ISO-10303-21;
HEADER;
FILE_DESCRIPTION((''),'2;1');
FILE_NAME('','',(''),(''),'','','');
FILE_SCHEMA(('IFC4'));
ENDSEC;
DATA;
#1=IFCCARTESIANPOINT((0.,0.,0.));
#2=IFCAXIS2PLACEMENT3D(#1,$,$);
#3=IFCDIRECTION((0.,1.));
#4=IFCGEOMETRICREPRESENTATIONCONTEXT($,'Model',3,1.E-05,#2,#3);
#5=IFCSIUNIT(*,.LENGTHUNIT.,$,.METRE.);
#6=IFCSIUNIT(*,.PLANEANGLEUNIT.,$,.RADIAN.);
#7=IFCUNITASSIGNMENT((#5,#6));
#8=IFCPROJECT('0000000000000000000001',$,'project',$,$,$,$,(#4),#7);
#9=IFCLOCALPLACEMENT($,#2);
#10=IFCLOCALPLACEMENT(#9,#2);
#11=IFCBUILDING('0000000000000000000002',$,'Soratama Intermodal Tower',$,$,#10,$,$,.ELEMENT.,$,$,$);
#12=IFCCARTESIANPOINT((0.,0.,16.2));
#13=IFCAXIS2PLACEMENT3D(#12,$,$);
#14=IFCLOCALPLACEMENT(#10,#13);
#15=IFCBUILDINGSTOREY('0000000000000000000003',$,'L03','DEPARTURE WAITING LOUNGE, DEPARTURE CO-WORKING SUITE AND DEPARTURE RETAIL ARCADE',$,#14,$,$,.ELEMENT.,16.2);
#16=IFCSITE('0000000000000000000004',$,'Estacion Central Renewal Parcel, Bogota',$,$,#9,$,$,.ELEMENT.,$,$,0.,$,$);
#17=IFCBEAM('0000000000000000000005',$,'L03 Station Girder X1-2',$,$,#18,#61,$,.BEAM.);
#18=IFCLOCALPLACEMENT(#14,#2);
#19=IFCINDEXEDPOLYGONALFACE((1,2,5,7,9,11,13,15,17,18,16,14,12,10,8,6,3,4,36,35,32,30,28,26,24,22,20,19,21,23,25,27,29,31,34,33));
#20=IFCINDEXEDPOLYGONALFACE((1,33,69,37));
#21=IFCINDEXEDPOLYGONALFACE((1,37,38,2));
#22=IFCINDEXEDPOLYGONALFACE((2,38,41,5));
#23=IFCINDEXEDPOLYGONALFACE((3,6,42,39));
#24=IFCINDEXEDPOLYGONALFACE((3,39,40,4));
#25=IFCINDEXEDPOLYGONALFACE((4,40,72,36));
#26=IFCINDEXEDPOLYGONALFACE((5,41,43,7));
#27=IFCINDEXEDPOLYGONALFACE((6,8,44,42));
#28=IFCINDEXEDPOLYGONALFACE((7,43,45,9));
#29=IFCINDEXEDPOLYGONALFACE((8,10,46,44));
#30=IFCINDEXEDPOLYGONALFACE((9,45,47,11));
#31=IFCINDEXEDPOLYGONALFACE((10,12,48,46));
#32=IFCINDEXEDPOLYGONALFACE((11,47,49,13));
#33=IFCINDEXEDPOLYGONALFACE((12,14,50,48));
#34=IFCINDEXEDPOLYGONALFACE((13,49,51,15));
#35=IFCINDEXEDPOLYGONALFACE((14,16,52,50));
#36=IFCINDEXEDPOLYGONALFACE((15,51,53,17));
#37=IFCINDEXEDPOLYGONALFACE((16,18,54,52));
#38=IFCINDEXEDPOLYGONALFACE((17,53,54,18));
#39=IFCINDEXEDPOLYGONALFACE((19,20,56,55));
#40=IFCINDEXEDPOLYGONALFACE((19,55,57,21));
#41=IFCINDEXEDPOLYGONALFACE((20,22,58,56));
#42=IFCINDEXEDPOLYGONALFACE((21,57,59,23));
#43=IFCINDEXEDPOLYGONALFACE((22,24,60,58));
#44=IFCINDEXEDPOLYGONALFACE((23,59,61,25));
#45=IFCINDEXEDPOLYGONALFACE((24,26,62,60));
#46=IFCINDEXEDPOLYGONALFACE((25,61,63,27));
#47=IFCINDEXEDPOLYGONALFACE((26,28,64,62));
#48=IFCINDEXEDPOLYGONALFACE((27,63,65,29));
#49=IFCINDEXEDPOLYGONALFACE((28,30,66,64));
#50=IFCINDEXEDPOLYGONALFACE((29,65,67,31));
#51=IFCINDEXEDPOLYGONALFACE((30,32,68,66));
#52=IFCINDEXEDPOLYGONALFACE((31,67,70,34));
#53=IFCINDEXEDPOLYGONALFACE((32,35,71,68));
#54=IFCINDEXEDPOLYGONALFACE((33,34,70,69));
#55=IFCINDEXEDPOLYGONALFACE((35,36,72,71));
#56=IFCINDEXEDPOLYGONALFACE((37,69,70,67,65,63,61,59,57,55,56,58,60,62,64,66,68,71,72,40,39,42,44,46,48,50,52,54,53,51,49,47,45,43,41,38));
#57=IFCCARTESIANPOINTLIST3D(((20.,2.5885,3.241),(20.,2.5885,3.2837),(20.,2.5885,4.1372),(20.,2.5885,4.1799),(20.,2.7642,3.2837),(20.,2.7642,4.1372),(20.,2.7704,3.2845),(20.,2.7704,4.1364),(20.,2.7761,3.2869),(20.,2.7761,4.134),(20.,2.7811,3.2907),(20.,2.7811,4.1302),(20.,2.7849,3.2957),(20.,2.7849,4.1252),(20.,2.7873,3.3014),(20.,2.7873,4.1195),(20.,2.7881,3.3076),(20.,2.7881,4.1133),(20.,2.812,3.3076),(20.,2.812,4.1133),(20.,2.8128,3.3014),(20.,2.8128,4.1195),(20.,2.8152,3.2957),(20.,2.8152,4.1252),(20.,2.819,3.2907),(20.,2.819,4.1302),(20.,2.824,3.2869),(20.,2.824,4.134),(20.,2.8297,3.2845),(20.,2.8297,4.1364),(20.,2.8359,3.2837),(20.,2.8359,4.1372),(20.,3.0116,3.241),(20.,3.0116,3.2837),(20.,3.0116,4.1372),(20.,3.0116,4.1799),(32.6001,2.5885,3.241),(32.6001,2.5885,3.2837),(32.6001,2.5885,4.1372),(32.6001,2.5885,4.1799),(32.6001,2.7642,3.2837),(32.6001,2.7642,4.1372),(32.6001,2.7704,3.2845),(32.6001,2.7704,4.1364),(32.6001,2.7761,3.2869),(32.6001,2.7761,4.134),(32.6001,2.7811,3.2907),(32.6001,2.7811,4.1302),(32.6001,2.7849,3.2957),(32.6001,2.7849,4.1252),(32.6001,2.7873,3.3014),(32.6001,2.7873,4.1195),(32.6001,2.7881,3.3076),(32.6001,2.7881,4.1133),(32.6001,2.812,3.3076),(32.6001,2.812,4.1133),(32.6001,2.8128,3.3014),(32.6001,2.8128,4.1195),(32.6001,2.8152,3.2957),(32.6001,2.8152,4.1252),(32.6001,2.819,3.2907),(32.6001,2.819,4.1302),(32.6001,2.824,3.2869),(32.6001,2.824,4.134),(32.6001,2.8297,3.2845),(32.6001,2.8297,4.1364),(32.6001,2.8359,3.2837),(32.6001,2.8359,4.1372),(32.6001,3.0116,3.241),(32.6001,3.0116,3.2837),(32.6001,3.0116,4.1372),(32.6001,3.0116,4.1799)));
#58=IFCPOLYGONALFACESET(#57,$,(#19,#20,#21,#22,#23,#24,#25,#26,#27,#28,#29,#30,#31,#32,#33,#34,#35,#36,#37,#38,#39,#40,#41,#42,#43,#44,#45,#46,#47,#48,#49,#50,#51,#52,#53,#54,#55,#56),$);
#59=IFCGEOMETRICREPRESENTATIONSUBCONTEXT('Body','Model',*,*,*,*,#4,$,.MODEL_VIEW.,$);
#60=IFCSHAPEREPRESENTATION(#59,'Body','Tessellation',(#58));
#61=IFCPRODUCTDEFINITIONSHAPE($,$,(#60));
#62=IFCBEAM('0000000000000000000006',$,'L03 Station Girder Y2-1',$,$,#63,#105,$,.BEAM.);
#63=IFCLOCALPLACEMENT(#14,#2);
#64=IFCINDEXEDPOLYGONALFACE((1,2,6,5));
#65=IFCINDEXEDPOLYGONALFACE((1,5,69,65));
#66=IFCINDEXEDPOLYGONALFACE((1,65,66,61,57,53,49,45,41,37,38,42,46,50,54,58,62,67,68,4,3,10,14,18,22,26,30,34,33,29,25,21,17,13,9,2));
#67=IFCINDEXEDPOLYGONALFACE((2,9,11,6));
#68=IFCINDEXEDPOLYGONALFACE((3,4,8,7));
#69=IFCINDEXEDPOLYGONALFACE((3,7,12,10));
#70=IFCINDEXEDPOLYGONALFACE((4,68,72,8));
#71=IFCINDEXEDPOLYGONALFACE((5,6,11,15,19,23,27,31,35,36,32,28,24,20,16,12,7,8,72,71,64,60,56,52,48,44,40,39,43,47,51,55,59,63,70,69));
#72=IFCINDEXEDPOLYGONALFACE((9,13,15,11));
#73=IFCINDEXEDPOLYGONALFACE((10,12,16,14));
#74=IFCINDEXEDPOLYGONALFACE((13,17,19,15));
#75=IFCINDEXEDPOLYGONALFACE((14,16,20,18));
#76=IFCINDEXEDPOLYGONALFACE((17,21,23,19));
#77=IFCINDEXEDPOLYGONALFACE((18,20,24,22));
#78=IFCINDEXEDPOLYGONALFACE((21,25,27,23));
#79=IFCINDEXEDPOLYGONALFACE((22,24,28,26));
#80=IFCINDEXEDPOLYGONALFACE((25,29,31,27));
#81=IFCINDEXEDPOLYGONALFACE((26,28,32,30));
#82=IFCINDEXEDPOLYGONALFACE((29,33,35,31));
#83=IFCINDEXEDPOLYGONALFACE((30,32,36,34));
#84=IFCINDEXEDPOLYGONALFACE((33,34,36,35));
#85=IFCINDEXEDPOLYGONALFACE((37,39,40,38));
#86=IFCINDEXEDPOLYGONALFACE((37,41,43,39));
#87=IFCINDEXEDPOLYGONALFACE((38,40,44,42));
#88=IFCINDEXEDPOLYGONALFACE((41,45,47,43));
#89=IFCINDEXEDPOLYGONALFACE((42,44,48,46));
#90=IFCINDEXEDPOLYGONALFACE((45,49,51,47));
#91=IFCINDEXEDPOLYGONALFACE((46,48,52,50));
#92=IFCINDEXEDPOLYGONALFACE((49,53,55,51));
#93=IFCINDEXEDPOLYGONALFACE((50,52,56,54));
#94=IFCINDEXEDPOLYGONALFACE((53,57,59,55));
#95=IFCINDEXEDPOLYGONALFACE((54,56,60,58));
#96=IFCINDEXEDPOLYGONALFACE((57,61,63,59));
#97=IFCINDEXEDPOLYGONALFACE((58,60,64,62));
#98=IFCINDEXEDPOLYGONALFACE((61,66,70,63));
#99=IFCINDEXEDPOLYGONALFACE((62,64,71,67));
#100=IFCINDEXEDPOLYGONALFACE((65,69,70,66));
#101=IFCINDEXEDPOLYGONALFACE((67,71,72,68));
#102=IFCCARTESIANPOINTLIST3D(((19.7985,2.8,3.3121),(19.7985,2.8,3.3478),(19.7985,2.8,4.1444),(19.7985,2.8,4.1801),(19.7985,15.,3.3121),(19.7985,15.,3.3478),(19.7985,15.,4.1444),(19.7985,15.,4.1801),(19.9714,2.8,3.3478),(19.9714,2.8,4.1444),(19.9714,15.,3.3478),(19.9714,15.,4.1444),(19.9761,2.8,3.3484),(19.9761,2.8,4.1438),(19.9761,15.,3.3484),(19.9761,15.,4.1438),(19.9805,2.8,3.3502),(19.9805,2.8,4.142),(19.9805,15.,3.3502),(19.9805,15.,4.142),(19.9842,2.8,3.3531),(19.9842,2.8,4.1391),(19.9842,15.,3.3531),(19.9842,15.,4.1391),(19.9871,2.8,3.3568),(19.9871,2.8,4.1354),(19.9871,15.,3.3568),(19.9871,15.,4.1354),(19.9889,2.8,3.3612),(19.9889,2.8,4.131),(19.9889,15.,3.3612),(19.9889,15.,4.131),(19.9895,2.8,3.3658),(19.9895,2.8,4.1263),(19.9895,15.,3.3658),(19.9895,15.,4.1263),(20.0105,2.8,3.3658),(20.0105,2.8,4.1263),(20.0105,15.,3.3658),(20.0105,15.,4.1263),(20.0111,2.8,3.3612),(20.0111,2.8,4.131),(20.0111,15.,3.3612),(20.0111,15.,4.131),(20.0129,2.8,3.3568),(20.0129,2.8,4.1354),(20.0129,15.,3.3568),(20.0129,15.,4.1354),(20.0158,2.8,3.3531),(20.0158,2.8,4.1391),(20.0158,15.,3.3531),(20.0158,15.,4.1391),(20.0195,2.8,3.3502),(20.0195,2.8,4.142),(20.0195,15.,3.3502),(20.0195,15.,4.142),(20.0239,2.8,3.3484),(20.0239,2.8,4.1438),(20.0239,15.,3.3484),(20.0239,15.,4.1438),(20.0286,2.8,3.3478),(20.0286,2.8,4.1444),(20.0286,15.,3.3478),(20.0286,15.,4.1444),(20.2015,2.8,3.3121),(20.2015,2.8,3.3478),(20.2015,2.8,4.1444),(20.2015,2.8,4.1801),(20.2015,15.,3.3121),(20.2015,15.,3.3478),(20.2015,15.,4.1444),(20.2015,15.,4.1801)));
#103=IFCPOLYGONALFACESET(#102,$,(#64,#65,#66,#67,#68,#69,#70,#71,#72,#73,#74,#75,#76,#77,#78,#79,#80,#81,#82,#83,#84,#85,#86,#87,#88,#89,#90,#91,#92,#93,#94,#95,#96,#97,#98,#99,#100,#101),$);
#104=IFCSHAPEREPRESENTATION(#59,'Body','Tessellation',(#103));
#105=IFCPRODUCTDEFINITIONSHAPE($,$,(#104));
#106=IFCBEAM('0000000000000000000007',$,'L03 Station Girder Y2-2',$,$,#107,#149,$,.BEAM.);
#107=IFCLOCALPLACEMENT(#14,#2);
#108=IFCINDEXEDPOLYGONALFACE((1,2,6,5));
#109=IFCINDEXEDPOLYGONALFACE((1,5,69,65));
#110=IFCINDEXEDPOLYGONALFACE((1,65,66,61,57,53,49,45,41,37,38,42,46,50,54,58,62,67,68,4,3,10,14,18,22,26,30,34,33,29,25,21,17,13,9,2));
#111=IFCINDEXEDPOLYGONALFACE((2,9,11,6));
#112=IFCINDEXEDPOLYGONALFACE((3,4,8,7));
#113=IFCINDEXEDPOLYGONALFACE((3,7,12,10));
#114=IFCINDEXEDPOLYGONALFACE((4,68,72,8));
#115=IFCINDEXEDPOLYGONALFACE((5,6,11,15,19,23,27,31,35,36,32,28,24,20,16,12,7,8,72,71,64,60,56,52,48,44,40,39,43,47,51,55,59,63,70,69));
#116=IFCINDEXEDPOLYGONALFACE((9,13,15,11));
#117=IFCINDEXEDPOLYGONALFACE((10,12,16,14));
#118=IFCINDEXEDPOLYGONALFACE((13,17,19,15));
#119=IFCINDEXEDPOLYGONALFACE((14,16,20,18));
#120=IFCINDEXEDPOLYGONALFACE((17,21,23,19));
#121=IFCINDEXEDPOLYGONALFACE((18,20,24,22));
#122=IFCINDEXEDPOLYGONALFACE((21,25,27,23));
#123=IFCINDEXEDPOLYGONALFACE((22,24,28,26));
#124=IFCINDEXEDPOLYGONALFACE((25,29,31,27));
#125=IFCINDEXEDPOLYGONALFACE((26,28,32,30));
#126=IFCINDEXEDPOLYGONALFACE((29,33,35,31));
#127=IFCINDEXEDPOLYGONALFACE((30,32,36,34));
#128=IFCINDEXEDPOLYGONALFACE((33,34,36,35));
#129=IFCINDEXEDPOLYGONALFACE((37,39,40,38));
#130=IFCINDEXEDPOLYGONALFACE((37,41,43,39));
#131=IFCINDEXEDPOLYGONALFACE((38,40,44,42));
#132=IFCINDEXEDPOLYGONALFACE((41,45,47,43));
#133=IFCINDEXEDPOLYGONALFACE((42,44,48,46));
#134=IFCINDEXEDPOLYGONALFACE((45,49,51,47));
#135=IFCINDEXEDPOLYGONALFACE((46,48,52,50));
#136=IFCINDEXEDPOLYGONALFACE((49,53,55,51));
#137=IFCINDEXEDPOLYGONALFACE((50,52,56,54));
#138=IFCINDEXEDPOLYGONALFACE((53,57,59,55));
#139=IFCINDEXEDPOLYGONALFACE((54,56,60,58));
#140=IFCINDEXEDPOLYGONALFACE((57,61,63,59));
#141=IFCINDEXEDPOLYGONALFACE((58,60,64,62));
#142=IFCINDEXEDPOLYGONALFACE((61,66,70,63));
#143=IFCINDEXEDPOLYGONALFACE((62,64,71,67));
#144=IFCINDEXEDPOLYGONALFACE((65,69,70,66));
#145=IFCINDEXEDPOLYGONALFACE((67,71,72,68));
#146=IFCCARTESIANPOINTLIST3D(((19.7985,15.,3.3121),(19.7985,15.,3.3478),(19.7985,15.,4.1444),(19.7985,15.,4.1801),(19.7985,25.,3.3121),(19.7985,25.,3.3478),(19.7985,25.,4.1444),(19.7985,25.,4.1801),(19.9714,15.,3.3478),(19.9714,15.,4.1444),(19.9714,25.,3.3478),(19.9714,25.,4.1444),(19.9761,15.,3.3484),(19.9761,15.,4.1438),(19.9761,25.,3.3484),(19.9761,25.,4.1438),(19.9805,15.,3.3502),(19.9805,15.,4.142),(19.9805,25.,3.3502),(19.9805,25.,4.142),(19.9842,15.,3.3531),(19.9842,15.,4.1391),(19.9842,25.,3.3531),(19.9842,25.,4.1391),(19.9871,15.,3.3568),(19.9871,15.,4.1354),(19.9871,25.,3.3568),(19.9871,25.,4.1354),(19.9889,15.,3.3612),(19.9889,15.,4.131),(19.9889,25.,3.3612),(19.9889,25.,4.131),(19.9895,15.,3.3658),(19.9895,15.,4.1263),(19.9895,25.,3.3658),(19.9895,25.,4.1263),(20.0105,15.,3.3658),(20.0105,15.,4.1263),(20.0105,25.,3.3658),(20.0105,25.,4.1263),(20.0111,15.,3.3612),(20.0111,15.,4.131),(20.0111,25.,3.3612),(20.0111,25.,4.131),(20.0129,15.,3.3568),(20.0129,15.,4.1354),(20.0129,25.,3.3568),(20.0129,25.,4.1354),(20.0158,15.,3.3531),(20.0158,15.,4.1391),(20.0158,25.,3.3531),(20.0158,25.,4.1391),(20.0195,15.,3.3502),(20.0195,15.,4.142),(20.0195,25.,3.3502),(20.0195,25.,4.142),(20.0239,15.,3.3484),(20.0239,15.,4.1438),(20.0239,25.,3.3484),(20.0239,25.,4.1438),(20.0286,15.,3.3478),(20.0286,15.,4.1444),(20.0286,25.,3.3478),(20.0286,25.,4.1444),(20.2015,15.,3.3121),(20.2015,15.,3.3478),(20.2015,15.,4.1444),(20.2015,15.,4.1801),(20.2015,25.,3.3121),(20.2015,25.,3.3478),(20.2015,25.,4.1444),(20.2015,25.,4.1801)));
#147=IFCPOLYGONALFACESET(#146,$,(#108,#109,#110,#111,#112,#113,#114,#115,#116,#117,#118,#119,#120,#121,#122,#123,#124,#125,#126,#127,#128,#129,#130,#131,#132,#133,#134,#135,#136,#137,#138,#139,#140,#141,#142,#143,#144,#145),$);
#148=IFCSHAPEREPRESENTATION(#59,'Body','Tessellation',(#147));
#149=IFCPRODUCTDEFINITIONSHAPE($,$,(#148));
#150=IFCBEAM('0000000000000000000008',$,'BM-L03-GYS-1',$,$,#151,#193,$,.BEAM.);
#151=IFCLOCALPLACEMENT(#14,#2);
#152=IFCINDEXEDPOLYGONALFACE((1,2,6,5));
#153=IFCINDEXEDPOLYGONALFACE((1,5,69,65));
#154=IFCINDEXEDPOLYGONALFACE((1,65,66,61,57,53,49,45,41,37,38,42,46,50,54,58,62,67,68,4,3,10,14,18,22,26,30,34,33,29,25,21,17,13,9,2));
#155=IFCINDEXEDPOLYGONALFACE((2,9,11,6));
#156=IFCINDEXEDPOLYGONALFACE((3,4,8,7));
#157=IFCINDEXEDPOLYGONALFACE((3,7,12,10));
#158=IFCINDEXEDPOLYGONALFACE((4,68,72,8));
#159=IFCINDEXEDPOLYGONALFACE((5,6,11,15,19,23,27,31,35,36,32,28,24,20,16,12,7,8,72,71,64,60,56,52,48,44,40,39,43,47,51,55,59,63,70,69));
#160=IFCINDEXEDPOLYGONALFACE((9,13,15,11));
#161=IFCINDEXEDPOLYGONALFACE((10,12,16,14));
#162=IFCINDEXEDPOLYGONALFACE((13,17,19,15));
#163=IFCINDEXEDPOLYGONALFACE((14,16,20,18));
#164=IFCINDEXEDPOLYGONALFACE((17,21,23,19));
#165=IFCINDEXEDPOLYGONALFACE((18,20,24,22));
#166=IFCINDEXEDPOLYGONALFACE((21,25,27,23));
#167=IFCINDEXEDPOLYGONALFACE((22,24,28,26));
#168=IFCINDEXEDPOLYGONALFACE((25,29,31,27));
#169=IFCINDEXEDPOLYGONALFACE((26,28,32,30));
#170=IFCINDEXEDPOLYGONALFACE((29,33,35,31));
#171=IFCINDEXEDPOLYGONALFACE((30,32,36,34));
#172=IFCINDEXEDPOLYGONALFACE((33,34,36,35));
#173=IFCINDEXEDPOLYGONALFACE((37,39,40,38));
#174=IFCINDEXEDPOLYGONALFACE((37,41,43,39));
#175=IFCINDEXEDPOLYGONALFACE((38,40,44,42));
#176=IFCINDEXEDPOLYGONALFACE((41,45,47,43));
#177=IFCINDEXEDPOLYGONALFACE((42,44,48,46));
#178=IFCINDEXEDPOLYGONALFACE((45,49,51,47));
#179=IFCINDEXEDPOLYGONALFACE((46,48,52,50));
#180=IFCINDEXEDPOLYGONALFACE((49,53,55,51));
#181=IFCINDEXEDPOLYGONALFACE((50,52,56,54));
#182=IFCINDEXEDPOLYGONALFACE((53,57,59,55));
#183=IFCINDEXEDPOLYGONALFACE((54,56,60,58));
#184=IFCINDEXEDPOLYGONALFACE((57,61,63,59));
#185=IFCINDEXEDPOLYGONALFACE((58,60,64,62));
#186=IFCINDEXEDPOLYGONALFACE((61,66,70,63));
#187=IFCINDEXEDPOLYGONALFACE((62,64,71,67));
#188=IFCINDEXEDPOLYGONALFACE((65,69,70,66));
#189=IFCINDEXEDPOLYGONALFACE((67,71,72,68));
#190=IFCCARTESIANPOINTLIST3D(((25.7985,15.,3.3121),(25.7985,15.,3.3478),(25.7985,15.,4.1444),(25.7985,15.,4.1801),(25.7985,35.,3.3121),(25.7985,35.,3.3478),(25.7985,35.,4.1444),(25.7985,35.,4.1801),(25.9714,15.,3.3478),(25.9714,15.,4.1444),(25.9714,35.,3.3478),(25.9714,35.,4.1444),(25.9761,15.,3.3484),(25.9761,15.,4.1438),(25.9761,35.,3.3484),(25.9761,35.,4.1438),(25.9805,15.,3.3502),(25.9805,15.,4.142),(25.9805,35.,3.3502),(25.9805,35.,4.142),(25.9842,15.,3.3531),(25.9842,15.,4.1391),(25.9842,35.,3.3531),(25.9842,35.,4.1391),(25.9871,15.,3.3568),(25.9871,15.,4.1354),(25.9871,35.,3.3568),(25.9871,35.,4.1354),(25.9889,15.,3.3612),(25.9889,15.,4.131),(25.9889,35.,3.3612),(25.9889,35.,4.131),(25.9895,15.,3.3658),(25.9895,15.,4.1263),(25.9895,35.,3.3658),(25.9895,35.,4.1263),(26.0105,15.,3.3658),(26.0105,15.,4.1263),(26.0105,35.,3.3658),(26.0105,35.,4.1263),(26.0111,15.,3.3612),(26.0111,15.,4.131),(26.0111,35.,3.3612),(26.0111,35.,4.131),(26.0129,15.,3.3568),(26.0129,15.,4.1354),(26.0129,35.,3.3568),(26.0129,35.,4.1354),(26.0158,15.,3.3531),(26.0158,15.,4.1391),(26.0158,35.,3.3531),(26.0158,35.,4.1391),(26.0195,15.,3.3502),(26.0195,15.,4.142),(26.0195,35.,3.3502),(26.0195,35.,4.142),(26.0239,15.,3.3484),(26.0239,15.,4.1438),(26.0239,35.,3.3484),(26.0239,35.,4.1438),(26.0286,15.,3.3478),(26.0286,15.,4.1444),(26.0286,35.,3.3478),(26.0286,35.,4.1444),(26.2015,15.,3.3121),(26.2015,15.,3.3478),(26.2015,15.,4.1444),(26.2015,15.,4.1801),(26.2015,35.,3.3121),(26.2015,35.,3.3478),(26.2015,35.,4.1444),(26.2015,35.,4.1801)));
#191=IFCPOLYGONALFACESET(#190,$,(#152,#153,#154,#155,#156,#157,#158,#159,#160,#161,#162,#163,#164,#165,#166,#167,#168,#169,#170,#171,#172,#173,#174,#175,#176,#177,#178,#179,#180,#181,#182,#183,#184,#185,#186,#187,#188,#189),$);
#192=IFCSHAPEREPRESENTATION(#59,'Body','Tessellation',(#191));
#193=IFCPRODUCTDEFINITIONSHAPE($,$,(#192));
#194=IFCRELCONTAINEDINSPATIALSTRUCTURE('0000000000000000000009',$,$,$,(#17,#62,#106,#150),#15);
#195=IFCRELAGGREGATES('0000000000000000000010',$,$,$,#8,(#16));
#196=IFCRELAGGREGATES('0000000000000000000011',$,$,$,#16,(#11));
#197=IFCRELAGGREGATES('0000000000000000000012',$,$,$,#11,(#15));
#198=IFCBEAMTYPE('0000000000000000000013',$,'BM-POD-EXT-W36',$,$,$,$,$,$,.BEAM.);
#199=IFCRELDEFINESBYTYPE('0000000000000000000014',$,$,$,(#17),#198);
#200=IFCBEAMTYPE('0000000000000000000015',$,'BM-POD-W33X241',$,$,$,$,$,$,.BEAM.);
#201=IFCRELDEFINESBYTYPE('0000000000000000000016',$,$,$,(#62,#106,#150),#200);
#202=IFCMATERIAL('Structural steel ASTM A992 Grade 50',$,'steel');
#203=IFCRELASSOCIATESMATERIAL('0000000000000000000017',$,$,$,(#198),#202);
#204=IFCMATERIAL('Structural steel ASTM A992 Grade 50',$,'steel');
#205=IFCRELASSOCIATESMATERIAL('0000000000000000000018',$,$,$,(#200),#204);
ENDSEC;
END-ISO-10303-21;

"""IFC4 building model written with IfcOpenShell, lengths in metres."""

from ifc_helpers import new_model, si_unit, direction, frame, origin, origin_2d, place, context, subcontext, project, spatial, i_section, extrude, material, material_profile, profile_set, type_object, element, save


model = new_model("IFC4")

# Units and contexts
model_context = context("Model", 3, precision=1e-05, world=origin(), true_north=direction((0.0, 1.0)))
body_context = subcontext(model_context, "Body", "Model", "MODEL_VIEW")
ifc_project = project(units=[si_unit("LENGTHUNIT", "METRE"), si_unit("PLANEANGLEUNIT", "RADIAN")], contexts=[model_context])

# Site, building, storey
site_placement = place(None, origin())
site = spatial("IfcSite", under=ifc_project, at=site_placement, Name="Estacion Central Renewal Parcel, Bogota", CompositionType="ELEMENT", RefElevation=0.0)
building_placement = place(site_placement, origin())
building = spatial("IfcBuilding", under=site, at=building_placement, Name="Soratama Intermodal Tower", CompositionType="ELEMENT")
storey_placement = place(building_placement, frame((0.0, 0.0, 16.2)))
storey = spatial("IfcBuildingStorey", under=building, at=storey_placement, Name="L03", Description="DEPARTURE WAITING LOUNGE, DEPARTURE CO-WORKING SUITE AND DEPARTURE RETAIL ARCADE", CompositionType="ELEMENT", Elevation=16.2)

# Beams
ifc_material_1 = material(Name="Structural steel ASTM A992 Grade 50", Category="steel")
ifc_material_profile_1 = material_profile(ifc_material_1, i_section(OverallWidth=0.4231, OverallDepth=0.939, WebThickness=0.0239, FlangeThickness=0.0427, FilletRadius=0.0239, at=origin_2d()), Name="W36X302")
ifc_profile_set_1 = profile_set([ifc_material_profile_1], Name="Structural steel ASTM A992 Grade 50")
beam_type_1 = type_object("IfcBeamType", Name="BM-POD-EXT-W36", PredefinedType="BEAM", material=ifc_profile_set_1)
beam_1_placement = place(storey_placement, frame((20.0, 2.8, 3.7104), z_axis=(1.0, 0.0, 0.0), x_axis=(0.0, 1.0, 0.0)))
element("IfcBeam", 1, at=beam_1_placement, inside=storey, type_object=beam_type_1, Name="L03 Station Girder X1-2", PredefinedType="BEAM", context=body_context, shape_type="SweptSolid", body=[
    extrude(i_section(OverallWidth=0.4231, OverallDepth=0.939, WebThickness=0.0239, FlangeThickness=0.0427, FilletRadius=0.0239, at=origin_2d()), origin(), (0.0, 0.0, 1.0), 12.6001),
])
ifc_material_2 = material(Name="Structural steel ASTM A992 Grade 50", Category="steel")
ifc_material_profile_2 = material_profile(ifc_material_2, i_section(OverallWidth=0.4031, OverallDepth=0.8679, WebThickness=0.021, FlangeThickness=0.0356, FilletRadius=0.0181, at=origin_2d()), Name="W33X241")
ifc_profile_set_2 = profile_set([ifc_material_profile_2], Name="Structural steel ASTM A992 Grade 50")
beam_type_2 = type_object("IfcBeamType", Name="BM-POD-W33X241", PredefinedType="BEAM", material=ifc_profile_set_2)
beam_2_placement = place(storey_placement, frame((20.0, 2.8, 3.7461), z_axis=(0.0, 1.0, 0.0), x_axis=(-1.0, 0.0, 0.0)))
element("IfcBeam", 2, at=beam_2_placement, inside=storey, type_object=beam_type_2, Name="L03 Station Girder Y2-1", PredefinedType="BEAM", context=body_context, shape_type="SweptSolid", body=[
    extrude(i_section(OverallWidth=0.4031, OverallDepth=0.8679, WebThickness=0.021, FlangeThickness=0.0356, FilletRadius=0.0181, at=origin_2d()), origin(), (0.0, 0.0, 1.0), 12.2),
])
beam_3_placement = place(storey_placement, frame((20.0, 15.0, 3.7461), z_axis=(0.0, 1.0, 0.0), x_axis=(-1.0, 0.0, 0.0)))
element("IfcBeam", 3, at=beam_3_placement, inside=storey, type_object=beam_type_2, Name="L03 Station Girder Y2-2", PredefinedType="BEAM", context=body_context, shape_type="SweptSolid", body=[
    extrude(i_section(OverallWidth=0.4031, OverallDepth=0.8679, WebThickness=0.021, FlangeThickness=0.0356, FilletRadius=0.0181, at=origin_2d()), origin(), (0.0, 0.0, 1.0), 10.0),
])
beam_4_placement = place(storey_placement, frame((26.0, 15.0, 3.7461), z_axis=(0.0, 1.0, 0.0), x_axis=(-1.0, 0.0, 0.0)))
element("IfcBeam", 4, at=beam_4_placement, inside=storey, type_object=beam_type_2, Name="BM-L03-GYS-1", PredefinedType="BEAM", context=body_context, shape_type="SweptSolid", body=[
    extrude(i_section(OverallWidth=0.4031, OverallDepth=0.8679, WebThickness=0.021, FlangeThickness=0.0356, FilletRadius=0.0181, at=origin_2d()), origin(), (0.0, 0.0, 1.0), 20.0),
])

save(model, "model.ifc")
